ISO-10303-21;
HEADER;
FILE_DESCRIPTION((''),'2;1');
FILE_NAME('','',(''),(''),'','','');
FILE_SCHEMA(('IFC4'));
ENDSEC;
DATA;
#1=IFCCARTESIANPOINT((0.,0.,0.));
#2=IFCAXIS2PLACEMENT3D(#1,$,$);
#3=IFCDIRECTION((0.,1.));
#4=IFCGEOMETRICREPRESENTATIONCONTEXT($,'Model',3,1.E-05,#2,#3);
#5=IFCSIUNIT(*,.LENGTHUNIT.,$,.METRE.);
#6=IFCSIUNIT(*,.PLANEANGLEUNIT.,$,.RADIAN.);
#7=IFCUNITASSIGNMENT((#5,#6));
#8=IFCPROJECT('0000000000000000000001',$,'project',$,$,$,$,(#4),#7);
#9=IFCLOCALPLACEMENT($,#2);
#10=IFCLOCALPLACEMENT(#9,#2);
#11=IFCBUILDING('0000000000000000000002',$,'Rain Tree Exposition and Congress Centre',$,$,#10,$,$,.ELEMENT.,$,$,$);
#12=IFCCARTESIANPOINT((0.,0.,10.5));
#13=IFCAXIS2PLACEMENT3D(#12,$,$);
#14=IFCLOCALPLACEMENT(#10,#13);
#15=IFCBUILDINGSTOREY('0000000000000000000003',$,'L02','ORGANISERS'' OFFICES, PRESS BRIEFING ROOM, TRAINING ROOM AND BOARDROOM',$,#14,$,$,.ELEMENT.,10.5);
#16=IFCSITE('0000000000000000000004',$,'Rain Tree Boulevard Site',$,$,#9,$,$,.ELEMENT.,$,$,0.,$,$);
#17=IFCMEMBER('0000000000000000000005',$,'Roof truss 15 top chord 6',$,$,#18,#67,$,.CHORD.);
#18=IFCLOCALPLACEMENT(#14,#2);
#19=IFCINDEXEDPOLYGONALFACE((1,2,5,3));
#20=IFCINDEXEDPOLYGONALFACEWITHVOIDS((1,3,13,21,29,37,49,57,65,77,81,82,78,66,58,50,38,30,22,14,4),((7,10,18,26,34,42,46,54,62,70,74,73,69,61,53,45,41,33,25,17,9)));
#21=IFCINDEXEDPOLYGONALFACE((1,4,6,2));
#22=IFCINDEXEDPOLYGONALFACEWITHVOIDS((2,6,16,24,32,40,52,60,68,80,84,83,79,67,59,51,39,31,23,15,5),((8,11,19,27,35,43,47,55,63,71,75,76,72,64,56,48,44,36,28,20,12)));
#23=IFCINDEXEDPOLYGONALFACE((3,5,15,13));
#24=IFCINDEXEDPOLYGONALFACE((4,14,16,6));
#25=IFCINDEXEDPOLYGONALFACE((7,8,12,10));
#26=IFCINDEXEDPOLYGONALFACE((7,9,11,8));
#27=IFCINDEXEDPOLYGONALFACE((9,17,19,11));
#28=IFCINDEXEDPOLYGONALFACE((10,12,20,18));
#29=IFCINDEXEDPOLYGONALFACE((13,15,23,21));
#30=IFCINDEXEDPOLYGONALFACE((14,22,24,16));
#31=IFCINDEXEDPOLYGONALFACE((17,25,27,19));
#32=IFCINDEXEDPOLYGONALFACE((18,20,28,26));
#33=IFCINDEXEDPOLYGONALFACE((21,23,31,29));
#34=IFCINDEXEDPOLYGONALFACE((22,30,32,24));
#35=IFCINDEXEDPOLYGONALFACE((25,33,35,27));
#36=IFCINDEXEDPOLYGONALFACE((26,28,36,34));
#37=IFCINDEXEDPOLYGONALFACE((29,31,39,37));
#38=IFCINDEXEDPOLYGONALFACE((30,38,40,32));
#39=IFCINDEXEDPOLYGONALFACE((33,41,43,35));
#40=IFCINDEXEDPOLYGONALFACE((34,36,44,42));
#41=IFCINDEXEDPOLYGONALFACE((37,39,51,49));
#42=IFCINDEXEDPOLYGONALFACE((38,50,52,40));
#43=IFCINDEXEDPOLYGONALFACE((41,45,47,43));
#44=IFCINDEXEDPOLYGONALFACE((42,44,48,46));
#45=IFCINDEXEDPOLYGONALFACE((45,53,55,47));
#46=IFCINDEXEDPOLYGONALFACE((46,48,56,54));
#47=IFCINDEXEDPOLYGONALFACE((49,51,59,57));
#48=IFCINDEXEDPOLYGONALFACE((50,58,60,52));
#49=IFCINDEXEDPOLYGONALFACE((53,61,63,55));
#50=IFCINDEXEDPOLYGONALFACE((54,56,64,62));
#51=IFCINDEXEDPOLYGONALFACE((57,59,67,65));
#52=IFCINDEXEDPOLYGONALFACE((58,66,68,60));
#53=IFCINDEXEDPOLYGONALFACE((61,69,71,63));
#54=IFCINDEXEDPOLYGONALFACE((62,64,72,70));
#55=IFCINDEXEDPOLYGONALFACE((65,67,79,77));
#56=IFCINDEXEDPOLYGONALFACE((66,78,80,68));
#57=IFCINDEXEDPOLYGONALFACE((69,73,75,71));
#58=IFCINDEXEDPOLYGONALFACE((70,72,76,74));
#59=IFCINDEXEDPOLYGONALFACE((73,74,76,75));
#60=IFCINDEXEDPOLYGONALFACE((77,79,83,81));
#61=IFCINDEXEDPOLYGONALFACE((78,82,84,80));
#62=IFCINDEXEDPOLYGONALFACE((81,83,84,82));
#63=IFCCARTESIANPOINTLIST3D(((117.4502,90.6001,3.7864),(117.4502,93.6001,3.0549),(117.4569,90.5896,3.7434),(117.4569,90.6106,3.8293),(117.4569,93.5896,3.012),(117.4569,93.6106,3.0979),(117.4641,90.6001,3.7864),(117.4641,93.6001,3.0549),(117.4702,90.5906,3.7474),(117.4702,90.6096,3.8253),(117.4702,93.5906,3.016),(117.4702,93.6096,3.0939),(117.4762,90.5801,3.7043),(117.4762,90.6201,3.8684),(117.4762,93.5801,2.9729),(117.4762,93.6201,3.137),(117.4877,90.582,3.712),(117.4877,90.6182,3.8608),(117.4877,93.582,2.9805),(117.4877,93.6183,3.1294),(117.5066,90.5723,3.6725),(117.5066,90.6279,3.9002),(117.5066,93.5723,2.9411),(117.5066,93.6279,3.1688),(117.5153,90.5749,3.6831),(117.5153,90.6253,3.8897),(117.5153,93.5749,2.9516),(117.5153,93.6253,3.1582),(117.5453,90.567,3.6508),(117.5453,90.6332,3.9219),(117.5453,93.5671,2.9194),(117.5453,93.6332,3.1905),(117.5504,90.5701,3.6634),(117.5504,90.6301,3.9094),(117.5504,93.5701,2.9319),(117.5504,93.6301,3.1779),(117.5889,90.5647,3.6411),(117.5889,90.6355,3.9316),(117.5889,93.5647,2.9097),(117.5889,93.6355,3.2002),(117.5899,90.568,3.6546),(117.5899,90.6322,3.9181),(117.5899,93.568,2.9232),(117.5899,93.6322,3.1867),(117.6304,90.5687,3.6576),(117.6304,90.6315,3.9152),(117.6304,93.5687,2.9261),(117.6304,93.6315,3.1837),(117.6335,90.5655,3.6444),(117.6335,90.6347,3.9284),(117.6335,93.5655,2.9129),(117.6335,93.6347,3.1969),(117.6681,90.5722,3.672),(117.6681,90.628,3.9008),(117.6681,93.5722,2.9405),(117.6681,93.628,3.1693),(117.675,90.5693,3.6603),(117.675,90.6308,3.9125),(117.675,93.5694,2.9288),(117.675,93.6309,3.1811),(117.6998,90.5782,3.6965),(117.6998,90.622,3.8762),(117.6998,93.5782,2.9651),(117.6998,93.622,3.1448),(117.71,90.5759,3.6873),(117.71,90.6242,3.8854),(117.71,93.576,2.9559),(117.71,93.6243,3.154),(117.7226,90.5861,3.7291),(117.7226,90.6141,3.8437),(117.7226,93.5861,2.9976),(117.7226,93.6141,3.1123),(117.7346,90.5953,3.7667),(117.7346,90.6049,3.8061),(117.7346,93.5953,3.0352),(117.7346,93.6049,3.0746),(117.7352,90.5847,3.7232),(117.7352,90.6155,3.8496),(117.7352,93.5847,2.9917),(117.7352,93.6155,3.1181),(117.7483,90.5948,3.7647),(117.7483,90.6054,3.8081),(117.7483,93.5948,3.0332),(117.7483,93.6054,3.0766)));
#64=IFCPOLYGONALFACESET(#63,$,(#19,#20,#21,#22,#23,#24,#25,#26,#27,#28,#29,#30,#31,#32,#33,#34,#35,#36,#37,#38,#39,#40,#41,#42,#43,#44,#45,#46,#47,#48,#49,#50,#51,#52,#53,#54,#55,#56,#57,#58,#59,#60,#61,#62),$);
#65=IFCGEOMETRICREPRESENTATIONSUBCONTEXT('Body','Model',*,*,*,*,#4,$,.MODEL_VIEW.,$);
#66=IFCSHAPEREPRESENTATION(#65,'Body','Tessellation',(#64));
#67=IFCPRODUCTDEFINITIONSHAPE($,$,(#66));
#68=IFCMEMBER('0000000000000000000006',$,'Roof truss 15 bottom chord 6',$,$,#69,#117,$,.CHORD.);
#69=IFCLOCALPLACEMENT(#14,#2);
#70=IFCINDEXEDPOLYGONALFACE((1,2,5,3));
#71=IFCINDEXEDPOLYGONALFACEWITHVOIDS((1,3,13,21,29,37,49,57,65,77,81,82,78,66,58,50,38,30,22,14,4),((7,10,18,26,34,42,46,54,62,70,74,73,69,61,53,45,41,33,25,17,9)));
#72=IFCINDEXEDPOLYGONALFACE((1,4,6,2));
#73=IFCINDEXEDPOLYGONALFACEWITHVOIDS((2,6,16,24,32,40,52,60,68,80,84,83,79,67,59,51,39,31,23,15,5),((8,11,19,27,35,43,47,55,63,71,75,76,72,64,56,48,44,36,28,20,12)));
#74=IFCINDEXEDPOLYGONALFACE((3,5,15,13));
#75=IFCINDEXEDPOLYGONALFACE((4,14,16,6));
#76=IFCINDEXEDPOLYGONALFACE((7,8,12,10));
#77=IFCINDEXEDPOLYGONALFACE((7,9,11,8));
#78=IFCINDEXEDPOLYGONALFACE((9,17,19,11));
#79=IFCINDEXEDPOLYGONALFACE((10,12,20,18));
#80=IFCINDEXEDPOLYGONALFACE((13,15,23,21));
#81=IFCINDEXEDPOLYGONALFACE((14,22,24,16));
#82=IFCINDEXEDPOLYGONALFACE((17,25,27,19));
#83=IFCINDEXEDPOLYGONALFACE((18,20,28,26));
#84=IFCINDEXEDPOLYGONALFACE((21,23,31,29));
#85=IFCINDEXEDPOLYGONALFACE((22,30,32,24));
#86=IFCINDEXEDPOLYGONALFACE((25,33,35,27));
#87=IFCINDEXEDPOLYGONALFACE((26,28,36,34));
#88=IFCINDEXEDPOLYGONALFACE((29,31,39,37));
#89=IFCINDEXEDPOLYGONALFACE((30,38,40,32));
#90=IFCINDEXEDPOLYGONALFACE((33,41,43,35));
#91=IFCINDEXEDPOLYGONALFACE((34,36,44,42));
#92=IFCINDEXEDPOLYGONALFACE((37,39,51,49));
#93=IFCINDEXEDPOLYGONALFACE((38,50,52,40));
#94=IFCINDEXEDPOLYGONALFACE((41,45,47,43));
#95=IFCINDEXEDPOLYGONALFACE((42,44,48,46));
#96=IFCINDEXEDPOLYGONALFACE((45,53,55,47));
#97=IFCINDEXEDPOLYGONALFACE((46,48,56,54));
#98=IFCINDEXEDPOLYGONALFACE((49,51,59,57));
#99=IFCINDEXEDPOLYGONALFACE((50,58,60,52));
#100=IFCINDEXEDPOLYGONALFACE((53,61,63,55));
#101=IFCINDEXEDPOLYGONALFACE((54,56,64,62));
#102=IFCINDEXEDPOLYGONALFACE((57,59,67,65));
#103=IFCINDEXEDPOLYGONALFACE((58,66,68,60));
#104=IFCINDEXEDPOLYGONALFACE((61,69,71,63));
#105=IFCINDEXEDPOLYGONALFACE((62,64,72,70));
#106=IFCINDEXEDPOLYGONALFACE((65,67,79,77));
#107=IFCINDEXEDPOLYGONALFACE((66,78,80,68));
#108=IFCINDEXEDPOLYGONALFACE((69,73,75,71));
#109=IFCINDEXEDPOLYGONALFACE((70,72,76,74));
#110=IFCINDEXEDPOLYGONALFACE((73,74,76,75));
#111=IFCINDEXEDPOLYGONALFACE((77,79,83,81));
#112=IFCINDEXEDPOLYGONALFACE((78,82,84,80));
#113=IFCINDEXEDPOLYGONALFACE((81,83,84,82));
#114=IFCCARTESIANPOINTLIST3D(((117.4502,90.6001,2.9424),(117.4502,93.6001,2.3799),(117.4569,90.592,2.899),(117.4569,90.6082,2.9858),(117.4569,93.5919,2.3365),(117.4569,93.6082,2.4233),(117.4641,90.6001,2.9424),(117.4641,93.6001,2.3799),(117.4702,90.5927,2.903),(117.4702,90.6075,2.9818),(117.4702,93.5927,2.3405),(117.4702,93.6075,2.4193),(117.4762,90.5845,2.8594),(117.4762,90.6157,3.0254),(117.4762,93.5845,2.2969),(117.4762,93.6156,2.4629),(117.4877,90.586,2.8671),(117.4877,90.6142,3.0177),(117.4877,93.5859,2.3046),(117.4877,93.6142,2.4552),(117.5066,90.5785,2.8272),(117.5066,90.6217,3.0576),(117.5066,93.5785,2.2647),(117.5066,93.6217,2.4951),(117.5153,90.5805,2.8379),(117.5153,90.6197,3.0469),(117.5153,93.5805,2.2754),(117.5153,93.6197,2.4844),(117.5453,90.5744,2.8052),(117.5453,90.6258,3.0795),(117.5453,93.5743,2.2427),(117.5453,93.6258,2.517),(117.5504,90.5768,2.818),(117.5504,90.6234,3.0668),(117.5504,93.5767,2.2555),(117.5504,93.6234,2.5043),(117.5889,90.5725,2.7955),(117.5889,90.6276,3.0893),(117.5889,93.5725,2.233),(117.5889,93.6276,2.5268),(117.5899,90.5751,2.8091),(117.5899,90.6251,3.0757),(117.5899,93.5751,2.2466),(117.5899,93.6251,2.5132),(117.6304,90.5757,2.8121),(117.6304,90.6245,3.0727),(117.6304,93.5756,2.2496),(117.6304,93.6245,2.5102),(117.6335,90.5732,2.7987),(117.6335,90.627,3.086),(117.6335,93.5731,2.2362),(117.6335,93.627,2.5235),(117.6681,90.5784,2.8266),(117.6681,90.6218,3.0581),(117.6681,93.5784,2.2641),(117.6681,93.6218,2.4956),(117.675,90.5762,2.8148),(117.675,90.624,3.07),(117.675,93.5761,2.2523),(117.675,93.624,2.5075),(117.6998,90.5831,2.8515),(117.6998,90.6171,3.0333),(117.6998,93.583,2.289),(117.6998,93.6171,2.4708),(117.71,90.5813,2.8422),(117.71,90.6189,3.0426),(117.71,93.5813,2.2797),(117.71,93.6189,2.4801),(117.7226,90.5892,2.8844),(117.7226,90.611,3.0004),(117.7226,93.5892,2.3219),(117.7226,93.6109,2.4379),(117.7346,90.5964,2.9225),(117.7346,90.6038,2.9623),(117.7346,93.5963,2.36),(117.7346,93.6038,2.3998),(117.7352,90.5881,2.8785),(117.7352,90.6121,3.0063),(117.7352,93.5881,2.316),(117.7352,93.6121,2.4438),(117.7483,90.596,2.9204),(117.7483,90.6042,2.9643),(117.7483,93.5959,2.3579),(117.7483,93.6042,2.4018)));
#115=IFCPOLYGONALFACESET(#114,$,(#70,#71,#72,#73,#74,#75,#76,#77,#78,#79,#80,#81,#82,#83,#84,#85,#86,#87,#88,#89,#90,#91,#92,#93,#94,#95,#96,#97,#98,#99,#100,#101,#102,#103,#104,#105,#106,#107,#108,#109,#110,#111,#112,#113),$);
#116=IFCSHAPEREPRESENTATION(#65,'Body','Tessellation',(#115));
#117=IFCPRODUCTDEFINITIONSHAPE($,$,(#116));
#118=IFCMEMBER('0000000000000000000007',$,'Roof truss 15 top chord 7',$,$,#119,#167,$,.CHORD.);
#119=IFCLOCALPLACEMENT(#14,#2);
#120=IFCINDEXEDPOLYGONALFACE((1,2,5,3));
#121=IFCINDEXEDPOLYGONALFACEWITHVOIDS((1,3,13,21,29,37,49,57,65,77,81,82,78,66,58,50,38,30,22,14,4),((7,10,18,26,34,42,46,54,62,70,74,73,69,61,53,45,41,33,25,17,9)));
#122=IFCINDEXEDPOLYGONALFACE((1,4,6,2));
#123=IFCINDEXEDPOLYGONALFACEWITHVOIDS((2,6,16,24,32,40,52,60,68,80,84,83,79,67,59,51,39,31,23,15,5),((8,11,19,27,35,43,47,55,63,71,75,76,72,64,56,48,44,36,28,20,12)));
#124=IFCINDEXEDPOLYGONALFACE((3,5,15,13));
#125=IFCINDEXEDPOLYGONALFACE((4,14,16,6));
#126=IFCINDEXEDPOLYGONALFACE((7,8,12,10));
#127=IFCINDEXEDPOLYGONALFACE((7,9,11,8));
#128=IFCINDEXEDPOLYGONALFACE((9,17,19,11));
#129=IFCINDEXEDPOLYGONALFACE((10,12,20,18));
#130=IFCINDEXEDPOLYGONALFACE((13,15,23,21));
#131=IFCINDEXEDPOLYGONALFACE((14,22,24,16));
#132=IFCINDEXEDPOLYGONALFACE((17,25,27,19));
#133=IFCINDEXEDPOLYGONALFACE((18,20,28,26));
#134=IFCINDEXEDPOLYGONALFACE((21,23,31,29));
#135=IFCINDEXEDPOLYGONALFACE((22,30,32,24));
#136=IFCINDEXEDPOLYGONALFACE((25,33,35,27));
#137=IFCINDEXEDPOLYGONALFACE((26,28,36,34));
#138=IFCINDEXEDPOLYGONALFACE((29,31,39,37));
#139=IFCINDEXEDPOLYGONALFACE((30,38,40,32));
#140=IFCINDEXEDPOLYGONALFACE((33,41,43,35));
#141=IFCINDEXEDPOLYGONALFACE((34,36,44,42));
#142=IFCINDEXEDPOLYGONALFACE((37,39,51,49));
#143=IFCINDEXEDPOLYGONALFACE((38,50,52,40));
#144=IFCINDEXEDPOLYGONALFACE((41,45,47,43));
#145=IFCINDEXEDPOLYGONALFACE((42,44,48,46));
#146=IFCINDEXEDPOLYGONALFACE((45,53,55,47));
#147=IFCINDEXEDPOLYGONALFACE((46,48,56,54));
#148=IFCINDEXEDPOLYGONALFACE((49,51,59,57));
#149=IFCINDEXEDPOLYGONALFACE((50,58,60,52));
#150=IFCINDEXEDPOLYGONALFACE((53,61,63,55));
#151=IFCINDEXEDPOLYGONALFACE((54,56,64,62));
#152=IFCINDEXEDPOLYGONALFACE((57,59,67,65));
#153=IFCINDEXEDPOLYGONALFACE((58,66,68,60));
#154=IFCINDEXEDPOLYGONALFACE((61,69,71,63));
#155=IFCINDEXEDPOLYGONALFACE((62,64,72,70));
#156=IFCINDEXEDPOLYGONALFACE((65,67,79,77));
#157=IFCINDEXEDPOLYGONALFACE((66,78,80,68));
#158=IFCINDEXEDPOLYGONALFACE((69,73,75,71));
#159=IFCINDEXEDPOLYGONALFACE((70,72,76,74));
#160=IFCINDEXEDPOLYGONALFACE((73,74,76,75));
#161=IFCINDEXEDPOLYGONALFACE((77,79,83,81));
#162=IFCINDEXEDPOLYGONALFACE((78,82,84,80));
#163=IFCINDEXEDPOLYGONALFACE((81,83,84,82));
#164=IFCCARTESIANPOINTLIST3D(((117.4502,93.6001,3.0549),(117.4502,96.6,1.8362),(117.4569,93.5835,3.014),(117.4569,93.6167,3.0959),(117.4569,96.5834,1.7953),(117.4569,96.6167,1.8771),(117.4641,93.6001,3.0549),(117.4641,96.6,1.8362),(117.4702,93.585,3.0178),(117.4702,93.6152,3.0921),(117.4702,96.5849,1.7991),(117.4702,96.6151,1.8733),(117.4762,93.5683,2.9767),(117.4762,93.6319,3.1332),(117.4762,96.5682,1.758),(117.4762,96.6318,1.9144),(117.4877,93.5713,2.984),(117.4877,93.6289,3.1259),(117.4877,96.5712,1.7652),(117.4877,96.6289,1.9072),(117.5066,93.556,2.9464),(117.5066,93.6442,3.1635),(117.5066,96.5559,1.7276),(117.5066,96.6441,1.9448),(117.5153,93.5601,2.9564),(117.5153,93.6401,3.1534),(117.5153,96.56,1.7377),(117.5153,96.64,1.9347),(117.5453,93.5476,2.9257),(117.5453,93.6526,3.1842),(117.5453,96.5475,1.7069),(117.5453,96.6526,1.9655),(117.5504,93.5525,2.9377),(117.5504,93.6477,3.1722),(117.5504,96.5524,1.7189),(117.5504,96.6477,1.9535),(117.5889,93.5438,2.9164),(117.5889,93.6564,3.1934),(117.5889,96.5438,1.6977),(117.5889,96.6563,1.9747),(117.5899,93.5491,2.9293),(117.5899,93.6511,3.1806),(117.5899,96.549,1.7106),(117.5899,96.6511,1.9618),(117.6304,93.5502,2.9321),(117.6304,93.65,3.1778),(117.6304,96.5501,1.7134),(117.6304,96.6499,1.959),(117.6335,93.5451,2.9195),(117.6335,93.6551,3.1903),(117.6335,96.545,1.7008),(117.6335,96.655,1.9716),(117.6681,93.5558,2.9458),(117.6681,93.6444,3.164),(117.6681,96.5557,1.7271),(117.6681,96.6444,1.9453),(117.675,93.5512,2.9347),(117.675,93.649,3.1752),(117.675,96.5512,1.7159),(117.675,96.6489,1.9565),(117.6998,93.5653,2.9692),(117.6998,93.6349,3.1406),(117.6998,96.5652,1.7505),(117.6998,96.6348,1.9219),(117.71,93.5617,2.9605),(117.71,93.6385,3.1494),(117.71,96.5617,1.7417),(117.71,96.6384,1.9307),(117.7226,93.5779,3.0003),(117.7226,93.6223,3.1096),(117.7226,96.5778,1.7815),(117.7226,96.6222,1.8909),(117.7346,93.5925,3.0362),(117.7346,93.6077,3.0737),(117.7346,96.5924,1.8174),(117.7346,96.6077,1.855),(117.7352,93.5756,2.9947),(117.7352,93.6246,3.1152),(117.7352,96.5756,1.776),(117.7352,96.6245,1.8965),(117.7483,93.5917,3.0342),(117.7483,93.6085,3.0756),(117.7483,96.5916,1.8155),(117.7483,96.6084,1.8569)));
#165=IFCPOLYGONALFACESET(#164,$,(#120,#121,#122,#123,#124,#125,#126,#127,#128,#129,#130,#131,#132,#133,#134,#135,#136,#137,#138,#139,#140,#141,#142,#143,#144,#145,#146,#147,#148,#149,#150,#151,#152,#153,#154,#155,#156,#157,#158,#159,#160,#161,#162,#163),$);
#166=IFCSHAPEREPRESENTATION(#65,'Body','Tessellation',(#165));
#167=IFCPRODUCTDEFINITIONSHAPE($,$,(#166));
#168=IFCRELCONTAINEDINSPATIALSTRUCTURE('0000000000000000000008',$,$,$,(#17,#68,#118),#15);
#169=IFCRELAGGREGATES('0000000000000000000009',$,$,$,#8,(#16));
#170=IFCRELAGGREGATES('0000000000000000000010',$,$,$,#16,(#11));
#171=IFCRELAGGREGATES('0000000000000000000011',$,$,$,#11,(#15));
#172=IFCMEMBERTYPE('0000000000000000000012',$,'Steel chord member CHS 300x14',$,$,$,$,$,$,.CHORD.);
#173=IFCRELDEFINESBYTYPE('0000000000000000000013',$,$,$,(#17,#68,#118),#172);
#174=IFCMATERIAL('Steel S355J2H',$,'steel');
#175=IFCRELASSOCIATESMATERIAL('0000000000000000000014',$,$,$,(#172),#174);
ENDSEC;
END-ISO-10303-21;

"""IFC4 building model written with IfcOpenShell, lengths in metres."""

from ifc_helpers import new_model, si_unit, direction, frame, origin, origin_2d, place, context, subcontext, project, spatial, hollow_circle, extrude, material, material_profile, profile_set, type_object, element, save


model = new_model("IFC4")

# Units and contexts
model_context = context("Model", 3, precision=1e-05, world=origin(), true_north=direction((0.0, 1.0)))
body_context = subcontext(model_context, "Body", "Model", "MODEL_VIEW")
ifc_project = project(units=[si_unit("LENGTHUNIT", "METRE"), si_unit("PLANEANGLEUNIT", "RADIAN")], contexts=[model_context])

# Site, building, storey
site_placement = place(None, origin())
site = spatial("IfcSite", under=ifc_project, at=site_placement, Name="Rain Tree Boulevard Site", CompositionType="ELEMENT", RefElevation=0.0)
building_placement = place(site_placement, origin())
building = spatial("IfcBuilding", under=site, at=building_placement, Name="Rain Tree Exposition and Congress Centre", CompositionType="ELEMENT")
storey_placement = place(building_placement, frame((0.0, 0.0, 10.5)))
storey = spatial("IfcBuildingStorey", under=building, at=storey_placement, Name="L02", Description="ORGANISERS' OFFICES, PRESS BRIEFING ROOM, TRAINING ROOM AND BOARDROOM", CompositionType="ELEMENT", Elevation=10.5)

# Members
ifc_material_1 = material(Name="Steel S355J2H", Category="steel")
ifc_material_profile_1 = material_profile(ifc_material_1, hollow_circle(Radius=0.1499, WallThickness=0.0139, at=origin_2d()), Name="CHS 300x14")
ifc_profile_set_1 = profile_set([ifc_material_profile_1], Name="Steel S355J2H")
member_type_1 = type_object("IfcMemberType", Name="Steel chord member CHS 300x14", PredefinedType="CHORD", material=ifc_profile_set_1)
member_1_placement = place(storey_placement, frame((117.6001, 90.6001, 3.7864), z_axis=(0.0, 0.97154, -0.236876), x_axis=(-1.0, 0.0, 0.0)))
element("IfcMember", 1, at=member_1_placement, inside=storey, type_object=member_type_1, Name="Roof truss 15 top chord 6", PredefinedType="CHORD", context=body_context, shape_type="SweptSolid", body=[
    extrude(hollow_circle(Radius=0.1499, WallThickness=0.0139, at=origin_2d()), origin(), (0.0, 0.0, 1.0), 3.0879),
])
member_2_placement = place(storey_placement, frame((117.6001, 90.6001, 2.9424), z_axis=(0.0, 0.982872, -0.184289), x_axis=(-1.0, 0.0, 0.0)))
element("IfcMember", 2, at=member_2_placement, inside=storey, type_object=member_type_1, Name="Roof truss 15 bottom chord 6", PredefinedType="CHORD", context=body_context, shape_type="SweptSolid", body=[
    extrude(hollow_circle(Radius=0.1499, WallThickness=0.0139, at=origin_2d()), origin(), (0.0, 0.0, 1.0), 3.0522),
])
member_3_placement = place(storey_placement, frame((117.6001, 93.6001, 3.0549), z_axis=(0.0, 0.926467, -0.376377), x_axis=(-1.0, 0.0, 0.0)))
element("IfcMember", 3, at=member_3_placement, inside=storey, type_object=member_type_1, Name="Roof truss 15 top chord 7", PredefinedType="CHORD", context=body_context, shape_type="SweptSolid", body=[
    extrude(hollow_circle(Radius=0.1499, WallThickness=0.0139, at=origin_2d()), origin(), (0.0, 0.0, 1.0), 3.238),
])

save(model, "model.ifc")
